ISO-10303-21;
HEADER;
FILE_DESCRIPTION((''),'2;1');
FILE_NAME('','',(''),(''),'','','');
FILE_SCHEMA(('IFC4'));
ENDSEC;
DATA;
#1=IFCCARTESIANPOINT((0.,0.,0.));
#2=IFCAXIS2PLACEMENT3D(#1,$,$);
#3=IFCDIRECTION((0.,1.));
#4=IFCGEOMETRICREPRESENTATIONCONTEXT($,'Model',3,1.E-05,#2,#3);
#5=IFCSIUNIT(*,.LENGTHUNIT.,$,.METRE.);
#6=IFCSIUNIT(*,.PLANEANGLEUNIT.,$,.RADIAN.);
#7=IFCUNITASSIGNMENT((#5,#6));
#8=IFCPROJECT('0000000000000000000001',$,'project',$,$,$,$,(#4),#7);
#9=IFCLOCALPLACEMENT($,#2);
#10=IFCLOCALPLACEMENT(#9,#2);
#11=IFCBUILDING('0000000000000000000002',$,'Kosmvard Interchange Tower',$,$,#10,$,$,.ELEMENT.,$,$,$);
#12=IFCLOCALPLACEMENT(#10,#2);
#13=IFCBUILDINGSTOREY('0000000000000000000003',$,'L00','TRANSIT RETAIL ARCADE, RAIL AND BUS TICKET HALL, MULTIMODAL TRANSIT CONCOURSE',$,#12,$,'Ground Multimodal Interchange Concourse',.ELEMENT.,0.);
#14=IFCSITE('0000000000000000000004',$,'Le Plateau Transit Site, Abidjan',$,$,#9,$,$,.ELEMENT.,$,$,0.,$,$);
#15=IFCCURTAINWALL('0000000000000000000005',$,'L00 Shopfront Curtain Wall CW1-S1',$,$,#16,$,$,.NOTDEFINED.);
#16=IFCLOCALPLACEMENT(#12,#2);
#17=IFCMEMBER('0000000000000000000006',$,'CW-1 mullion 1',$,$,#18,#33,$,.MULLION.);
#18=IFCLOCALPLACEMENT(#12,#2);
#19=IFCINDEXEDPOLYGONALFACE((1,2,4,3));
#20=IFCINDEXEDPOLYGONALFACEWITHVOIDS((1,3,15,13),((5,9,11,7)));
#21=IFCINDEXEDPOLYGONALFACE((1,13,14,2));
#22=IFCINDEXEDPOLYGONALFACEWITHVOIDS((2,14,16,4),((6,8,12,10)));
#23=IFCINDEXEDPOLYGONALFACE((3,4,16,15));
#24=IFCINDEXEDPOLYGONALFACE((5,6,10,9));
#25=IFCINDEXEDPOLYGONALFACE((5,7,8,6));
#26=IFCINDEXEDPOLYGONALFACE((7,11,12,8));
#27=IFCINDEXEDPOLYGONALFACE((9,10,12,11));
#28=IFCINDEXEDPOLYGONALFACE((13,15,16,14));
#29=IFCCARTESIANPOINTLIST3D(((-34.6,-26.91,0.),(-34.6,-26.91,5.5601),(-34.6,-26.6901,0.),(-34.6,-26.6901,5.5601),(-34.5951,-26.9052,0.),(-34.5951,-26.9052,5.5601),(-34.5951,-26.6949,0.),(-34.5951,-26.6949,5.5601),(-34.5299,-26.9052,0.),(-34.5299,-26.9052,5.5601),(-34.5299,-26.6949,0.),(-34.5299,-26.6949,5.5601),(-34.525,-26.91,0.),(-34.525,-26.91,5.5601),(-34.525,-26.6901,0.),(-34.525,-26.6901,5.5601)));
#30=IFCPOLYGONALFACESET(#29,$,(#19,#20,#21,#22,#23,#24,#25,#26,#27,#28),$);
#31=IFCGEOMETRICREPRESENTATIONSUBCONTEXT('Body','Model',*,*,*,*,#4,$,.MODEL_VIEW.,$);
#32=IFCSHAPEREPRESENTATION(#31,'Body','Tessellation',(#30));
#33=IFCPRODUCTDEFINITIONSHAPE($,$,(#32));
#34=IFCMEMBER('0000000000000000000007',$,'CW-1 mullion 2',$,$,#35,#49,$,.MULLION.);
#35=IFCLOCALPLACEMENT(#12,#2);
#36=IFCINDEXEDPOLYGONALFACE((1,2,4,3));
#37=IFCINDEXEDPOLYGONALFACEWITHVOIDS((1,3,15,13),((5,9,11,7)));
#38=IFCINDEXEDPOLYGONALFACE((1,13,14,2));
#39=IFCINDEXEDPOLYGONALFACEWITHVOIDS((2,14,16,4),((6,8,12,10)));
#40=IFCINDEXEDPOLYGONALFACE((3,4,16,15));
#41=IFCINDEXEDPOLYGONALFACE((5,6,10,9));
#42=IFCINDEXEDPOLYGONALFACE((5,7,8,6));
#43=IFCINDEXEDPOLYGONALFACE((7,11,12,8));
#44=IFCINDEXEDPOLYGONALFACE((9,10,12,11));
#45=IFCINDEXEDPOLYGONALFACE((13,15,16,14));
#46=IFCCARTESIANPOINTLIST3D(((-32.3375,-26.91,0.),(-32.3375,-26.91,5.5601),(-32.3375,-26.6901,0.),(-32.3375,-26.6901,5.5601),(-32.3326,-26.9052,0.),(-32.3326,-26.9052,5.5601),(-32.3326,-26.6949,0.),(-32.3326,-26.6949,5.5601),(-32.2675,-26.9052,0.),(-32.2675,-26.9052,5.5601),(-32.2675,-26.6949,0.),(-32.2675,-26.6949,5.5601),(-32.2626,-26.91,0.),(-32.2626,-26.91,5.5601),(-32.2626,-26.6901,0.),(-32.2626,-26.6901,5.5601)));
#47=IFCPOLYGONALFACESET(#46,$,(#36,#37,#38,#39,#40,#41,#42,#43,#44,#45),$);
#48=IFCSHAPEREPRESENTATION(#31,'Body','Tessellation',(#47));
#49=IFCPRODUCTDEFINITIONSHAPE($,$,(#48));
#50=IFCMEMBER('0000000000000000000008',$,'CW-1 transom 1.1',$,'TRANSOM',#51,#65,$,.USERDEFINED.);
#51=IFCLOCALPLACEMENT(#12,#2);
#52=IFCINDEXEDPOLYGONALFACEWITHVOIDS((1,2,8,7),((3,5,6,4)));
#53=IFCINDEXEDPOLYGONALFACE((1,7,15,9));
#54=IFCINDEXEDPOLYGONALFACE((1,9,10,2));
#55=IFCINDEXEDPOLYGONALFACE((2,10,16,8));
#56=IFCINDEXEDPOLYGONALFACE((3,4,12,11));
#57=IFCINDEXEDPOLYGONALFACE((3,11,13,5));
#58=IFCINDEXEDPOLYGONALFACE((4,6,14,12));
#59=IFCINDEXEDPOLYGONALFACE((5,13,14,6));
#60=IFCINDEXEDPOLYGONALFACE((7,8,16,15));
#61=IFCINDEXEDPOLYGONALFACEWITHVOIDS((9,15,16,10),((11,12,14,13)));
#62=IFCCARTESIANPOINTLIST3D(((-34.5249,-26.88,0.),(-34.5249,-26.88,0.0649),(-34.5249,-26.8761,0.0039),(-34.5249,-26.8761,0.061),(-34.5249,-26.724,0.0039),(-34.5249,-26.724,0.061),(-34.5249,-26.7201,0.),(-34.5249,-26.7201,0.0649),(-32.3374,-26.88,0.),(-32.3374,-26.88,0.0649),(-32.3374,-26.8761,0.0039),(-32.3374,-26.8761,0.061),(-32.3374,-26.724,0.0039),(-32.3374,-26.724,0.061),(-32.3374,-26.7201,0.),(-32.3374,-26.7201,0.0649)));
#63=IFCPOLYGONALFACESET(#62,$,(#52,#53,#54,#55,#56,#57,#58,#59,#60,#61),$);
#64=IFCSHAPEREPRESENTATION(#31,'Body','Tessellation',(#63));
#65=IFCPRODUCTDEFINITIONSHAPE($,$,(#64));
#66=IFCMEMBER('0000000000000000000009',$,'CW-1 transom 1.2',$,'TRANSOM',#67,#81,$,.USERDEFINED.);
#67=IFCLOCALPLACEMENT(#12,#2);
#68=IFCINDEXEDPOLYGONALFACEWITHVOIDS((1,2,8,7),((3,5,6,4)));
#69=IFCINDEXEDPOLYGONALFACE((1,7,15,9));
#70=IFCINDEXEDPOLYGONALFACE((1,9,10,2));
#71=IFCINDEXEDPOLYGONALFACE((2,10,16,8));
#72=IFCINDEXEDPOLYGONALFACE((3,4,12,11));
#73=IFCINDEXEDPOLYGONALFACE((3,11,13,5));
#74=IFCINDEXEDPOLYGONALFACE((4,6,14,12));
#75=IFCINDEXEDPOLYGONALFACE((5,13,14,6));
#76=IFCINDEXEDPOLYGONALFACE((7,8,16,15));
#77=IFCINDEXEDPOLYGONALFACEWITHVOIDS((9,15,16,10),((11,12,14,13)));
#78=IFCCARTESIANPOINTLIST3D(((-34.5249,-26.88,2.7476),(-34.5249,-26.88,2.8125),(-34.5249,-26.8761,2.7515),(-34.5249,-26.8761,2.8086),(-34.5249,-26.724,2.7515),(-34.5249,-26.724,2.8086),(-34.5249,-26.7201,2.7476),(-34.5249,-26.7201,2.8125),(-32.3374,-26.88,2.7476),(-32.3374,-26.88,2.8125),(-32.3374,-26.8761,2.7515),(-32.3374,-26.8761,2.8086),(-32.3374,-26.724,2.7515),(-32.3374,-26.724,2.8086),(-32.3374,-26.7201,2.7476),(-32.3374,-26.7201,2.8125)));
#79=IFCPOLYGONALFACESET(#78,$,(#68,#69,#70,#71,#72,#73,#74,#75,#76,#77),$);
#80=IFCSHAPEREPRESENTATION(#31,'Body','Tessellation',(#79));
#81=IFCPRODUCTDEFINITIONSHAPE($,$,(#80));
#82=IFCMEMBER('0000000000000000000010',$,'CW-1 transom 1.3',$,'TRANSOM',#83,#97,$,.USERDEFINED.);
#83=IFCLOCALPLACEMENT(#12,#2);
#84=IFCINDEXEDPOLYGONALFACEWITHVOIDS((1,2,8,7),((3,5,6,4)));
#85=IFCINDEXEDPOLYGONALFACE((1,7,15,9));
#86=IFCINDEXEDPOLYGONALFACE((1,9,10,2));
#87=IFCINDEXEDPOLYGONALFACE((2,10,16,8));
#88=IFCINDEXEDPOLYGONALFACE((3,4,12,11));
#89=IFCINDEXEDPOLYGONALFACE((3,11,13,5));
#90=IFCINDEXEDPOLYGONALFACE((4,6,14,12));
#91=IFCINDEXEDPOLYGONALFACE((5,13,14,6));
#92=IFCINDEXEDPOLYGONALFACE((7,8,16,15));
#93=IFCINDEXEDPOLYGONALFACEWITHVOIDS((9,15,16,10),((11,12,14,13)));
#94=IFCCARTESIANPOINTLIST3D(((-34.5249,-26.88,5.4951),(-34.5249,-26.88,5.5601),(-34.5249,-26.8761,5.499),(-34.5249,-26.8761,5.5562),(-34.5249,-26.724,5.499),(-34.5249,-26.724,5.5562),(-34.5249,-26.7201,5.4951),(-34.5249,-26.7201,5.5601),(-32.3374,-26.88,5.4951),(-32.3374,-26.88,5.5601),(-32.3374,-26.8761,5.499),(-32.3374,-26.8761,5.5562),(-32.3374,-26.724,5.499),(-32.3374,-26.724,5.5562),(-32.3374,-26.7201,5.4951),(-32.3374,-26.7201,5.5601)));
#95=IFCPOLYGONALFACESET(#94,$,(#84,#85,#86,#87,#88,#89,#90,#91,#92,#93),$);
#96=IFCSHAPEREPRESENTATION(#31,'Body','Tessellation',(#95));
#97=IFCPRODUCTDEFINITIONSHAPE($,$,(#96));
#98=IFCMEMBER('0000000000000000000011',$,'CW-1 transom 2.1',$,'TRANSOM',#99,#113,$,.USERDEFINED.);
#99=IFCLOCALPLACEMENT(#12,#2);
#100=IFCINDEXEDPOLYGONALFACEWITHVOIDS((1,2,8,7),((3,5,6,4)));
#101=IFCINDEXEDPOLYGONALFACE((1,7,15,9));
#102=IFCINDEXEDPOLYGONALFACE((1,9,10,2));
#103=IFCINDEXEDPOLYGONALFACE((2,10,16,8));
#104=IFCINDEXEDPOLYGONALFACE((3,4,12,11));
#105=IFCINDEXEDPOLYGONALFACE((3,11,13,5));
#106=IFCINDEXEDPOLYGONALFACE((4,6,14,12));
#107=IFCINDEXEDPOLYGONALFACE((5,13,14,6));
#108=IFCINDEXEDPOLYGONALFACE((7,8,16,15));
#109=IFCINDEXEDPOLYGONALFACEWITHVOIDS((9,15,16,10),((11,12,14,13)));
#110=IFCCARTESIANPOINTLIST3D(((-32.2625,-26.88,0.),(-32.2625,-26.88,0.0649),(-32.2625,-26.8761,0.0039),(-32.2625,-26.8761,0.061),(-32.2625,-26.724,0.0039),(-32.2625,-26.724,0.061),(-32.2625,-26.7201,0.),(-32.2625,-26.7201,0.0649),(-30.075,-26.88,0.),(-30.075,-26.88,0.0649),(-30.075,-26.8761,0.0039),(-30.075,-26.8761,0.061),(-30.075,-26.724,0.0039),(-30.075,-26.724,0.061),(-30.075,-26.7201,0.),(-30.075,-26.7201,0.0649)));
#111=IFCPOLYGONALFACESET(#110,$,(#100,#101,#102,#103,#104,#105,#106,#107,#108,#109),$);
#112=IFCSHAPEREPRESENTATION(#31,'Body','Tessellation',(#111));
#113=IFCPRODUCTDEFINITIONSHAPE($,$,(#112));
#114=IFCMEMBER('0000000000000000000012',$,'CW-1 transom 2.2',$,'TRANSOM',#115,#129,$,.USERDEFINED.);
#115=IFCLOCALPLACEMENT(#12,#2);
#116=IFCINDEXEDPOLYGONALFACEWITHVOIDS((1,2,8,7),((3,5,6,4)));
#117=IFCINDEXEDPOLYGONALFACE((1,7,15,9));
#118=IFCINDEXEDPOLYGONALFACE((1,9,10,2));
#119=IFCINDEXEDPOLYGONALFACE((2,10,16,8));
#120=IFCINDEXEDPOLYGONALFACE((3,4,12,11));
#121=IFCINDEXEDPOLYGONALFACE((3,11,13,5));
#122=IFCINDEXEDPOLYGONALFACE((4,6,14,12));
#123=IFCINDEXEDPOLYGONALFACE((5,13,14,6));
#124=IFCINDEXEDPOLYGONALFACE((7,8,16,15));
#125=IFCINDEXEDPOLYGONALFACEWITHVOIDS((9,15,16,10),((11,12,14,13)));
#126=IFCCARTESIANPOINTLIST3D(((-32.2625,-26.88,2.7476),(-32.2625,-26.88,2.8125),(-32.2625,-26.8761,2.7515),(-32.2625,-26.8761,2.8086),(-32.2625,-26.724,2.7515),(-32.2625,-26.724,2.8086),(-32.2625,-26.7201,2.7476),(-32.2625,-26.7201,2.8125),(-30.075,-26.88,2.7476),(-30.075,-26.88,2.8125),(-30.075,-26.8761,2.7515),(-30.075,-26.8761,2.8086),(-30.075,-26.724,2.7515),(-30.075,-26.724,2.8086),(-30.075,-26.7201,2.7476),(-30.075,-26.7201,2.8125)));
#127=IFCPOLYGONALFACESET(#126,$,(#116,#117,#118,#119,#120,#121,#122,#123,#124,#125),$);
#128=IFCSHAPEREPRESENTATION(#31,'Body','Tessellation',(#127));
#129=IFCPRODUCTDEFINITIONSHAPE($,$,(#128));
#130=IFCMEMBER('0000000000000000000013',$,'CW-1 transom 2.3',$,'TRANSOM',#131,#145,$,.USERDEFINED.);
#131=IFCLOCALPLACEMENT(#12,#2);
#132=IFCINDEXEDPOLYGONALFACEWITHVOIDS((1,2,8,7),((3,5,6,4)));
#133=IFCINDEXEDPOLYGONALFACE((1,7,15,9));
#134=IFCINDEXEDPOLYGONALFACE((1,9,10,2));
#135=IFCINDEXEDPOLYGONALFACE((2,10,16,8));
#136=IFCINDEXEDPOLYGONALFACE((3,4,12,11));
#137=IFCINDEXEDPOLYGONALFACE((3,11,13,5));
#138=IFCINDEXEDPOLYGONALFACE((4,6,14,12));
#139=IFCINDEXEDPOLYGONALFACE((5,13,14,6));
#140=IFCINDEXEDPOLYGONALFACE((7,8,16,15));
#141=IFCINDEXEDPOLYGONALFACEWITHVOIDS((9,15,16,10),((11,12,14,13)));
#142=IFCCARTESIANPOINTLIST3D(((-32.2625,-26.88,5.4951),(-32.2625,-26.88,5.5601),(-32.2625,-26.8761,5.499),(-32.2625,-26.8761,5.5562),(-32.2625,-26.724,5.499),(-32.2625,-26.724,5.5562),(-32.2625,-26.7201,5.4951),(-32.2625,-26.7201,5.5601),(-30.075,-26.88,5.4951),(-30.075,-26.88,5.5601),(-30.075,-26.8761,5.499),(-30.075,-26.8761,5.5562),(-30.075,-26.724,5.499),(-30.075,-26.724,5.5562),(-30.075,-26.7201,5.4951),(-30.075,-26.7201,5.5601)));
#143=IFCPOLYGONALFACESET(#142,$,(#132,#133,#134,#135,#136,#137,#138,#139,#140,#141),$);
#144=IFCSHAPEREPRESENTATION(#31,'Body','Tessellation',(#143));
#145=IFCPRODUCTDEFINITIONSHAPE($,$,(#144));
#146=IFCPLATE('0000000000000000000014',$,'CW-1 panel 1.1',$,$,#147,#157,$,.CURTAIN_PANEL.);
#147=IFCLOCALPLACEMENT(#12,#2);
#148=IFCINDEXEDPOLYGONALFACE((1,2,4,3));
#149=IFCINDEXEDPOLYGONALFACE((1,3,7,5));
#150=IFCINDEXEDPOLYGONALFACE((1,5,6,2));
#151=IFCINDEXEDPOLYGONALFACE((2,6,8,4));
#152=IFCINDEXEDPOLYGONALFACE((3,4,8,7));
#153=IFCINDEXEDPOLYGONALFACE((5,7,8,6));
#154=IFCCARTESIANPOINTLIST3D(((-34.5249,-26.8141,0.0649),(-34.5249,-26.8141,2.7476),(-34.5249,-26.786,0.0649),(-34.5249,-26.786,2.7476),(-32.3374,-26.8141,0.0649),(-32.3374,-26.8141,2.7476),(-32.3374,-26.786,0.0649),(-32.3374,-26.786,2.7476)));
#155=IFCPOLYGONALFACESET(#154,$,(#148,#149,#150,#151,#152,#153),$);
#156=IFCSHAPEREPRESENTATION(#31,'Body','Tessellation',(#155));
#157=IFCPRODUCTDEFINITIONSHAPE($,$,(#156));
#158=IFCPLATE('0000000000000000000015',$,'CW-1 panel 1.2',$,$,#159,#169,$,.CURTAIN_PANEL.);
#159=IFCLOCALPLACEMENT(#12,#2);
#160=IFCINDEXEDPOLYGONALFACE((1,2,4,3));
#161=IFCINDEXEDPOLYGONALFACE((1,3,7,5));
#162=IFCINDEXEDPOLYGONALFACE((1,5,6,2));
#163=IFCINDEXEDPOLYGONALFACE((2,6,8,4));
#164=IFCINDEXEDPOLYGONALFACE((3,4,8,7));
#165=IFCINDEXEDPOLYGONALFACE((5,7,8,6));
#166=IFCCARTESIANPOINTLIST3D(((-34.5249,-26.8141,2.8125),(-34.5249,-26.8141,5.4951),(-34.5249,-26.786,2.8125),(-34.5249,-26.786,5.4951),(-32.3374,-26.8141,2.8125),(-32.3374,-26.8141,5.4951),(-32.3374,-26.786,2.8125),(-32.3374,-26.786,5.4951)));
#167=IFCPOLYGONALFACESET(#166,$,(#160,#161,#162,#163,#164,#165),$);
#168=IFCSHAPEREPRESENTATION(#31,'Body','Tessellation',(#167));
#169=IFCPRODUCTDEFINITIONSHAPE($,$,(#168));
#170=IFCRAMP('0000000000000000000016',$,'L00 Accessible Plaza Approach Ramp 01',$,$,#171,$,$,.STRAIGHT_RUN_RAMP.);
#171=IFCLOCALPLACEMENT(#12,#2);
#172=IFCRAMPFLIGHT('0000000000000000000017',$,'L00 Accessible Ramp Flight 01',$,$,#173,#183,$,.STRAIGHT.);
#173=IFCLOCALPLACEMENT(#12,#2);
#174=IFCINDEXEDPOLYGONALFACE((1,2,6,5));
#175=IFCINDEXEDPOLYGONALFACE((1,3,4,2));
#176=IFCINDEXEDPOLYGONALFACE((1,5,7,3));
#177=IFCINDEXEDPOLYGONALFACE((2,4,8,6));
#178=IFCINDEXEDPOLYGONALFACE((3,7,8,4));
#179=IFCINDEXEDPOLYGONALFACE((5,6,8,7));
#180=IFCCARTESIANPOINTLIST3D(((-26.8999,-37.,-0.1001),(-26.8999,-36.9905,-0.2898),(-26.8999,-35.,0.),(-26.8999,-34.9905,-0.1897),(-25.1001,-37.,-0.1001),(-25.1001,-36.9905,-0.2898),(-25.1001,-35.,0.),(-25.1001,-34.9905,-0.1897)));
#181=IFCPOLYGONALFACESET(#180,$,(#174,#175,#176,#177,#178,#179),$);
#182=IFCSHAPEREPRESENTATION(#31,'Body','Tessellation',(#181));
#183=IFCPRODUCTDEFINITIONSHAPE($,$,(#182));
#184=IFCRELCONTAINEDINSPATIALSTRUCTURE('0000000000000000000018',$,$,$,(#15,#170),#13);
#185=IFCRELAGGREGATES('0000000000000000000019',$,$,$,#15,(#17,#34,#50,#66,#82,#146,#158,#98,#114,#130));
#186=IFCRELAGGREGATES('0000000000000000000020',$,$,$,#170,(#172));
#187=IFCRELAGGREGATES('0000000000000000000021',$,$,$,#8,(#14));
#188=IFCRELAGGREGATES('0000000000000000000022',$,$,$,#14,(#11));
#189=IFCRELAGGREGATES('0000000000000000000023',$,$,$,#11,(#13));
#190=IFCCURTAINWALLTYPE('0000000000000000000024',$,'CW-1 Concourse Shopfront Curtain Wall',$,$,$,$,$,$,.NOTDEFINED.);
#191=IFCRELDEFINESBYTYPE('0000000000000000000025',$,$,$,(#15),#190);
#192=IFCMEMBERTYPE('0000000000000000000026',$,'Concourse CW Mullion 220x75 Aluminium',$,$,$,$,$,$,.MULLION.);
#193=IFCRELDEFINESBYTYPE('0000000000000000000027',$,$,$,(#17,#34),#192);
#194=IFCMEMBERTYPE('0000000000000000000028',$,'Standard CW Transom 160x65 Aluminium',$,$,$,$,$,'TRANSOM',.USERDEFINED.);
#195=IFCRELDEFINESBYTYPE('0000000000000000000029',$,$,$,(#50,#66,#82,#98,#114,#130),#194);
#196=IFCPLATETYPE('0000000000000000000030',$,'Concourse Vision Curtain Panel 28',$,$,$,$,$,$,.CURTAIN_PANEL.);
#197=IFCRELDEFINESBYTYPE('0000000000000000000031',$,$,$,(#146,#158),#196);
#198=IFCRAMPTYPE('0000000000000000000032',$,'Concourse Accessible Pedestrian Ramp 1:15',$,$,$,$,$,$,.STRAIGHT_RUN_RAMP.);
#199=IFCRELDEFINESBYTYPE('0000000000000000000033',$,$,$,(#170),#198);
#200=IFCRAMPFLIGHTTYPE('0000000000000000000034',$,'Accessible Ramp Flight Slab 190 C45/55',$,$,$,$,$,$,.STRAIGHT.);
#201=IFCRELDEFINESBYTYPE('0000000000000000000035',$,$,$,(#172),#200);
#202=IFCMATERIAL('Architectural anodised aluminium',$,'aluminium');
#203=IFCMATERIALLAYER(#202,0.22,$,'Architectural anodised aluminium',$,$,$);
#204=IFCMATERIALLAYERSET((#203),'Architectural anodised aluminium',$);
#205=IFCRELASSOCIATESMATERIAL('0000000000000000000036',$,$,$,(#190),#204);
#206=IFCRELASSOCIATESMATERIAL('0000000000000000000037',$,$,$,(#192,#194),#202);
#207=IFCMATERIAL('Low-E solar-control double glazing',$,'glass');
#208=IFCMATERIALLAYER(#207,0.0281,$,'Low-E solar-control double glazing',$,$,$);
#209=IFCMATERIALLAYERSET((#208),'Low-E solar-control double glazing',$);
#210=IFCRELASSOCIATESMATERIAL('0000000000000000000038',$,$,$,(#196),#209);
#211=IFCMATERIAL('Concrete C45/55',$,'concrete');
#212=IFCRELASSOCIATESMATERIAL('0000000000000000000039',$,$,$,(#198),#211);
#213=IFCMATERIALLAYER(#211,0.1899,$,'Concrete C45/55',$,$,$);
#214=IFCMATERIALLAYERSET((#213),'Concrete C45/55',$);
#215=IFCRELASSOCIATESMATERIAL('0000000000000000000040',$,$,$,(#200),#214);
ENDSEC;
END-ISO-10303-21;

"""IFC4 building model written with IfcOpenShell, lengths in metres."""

from ifc_helpers import new_model, si_unit, direction, frame, origin, origin_2d, place, context, subcontext, project, spatial, polyline, rectangle, hollow_rectangle, outline, extrude, source, transform, mapped, material, layer, layer_set, material_profile, profile_set, type_object, element, aggregate, save


model = new_model("IFC4")

# Units and contexts
model_context = context("Model", 3, precision=1e-05, world=origin(), true_north=direction((0.0, 1.0)))
body_context = subcontext(model_context, "Body", "Model", "MODEL_VIEW")
ifc_project = project(units=[si_unit("LENGTHUNIT", "METRE"), si_unit("PLANEANGLEUNIT", "RADIAN")], contexts=[model_context])

# Site, building, storey
site_placement = place(None, origin())
site = spatial("IfcSite", under=ifc_project, at=site_placement, Name="Le Plateau Transit Site, Abidjan", CompositionType="ELEMENT", RefElevation=0.0)
building_placement = place(site_placement, origin())
building = spatial("IfcBuilding", under=site, at=building_placement, Name="Kosmvard Interchange Tower", CompositionType="ELEMENT")
storey_placement = place(building_placement, origin())
storey = spatial("IfcBuildingStorey", under=building, at=storey_placement, Name="L00", Description="TRANSIT RETAIL ARCADE, RAIL AND BUS TICKET HALL, MULTIMODAL TRANSIT CONCOURSE", LongName="Ground Multimodal Interchange Concourse", CompositionType="ELEMENT", Elevation=0.0)

# Curtain wall, members, plates
ifc_material_1 = material(Name="Architectural anodised aluminium", Category="aluminium")
ifc_layer_1 = layer(ifc_material_1, 0.22, Name="Architectural anodised aluminium")
ifc_layer_set_1 = layer_set([ifc_layer_1], Name="Architectural anodised aluminium")
curtain_wall_type = type_object("IfcCurtainWallType", Name="CW-1 Concourse Shopfront Curtain Wall", PredefinedType="NOTDEFINED", material=ifc_layer_set_1)
curtain_wall_placement = place(storey_placement, origin())
curtain_wall = element("IfcCurtainWall", 1, at=curtain_wall_placement, inside=storey, type_object=curtain_wall_type, Name="L00 Shopfront Curtain Wall CW1-S1", PredefinedType="NOTDEFINED")
ifc_material_profile_1 = material_profile(ifc_material_1, hollow_rectangle(XDim=0.22, YDim=0.075, WallThickness=0.0049, at=origin_2d()), Name="CWM 220x75x5")
ifc_profile_set_1 = profile_set([ifc_material_profile_1], Name="Architectural anodised aluminium")
member_type_1 = type_object("IfcMemberType", Name="Concourse CW Mullion 220x75 Aluminium", PredefinedType="MULLION", material=ifc_profile_set_1)
shared_shape_1 = source(origin(), body_context, "Body", "SweptSolid", [
    extrude(hollow_rectangle(XDim=0.22, YDim=0.075, WallThickness=0.0049, at=origin_2d()), origin(), (0.0, 0.0, 1.0), 5.5601),
])
member_1_placement = place(storey_placement, frame((-34.5625, -26.8, 0.0), z_axis=(0.0, 0.0, 1.0), x_axis=(0.0, 1.0, 0.0)))
member_1 = element("IfcMember", 2, at=member_1_placement, type_object=member_type_1, Name="CW-1 mullion 1", PredefinedType="MULLION", context=body_context, shape_type="MappedRepresentation", body=[
    mapped(shared_shape_1, transform((0.0, 0.0, 0.0), scale=1.0)),
])
member_2_placement = place(storey_placement, frame((-32.3, -26.8, 0.0), z_axis=(0.0, 0.0, 1.0), x_axis=(0.0, 1.0, 0.0)))
member_2 = element("IfcMember", 3, at=member_2_placement, type_object=member_type_1, Name="CW-1 mullion 2", PredefinedType="MULLION", context=body_context, shape_type="MappedRepresentation", body=[
    mapped(shared_shape_1, transform((0.0, 0.0, 0.0), scale=1.0)),
])
ifc_material_profile_2 = material_profile(ifc_material_1, hollow_rectangle(XDim=0.1599, YDim=0.0649, WallThickness=0.0039, at=origin_2d()), Name="CWT 160x65x4")
ifc_profile_set_2 = profile_set([ifc_material_profile_2], Name="Architectural anodised aluminium")
member_type_2 = type_object("IfcMemberType", Name="Standard CW Transom 160x65 Aluminium", ElementType="TRANSOM", PredefinedType="USERDEFINED", material=ifc_profile_set_2)
shared_shape_2 = source(origin(), body_context, "Body", "SweptSolid", [
    extrude(hollow_rectangle(XDim=0.1599, YDim=0.0649, WallThickness=0.0039, at=origin_2d()), origin(), (0.0, 0.0, 1.0), 2.1875),
])
member_3_placement = place(storey_placement, frame((-34.5249, -26.8, 0.0325), z_axis=(1.0, 0.0, 0.0), x_axis=(0.0, 1.0, 0.0)))
member_3 = element("IfcMember", 4, at=member_3_placement, type_object=member_type_2, Name="CW-1 transom 1.1", ObjectType="TRANSOM", PredefinedType="USERDEFINED", context=body_context, shape_type="MappedRepresentation", body=[
    mapped(shared_shape_2, transform((0.0, 0.0, 0.0), scale=1.0)),
])
member_4_placement = place(storey_placement, frame((-34.5249, -26.8, 2.78), z_axis=(1.0, 0.0, 0.0), x_axis=(0.0, 1.0, 0.0)))
member_4 = element("IfcMember", 5, at=member_4_placement, type_object=member_type_2, Name="CW-1 transom 1.2", ObjectType="TRANSOM", PredefinedType="USERDEFINED", context=body_context, shape_type="MappedRepresentation", body=[
    mapped(shared_shape_2, transform((0.0, 0.0, 0.0), scale=1.0)),
])
member_5_placement = place(storey_placement, frame((-34.5249, -26.8, 5.5276), z_axis=(1.0, 0.0, 0.0), x_axis=(0.0, 1.0, 0.0)))
member_5 = element("IfcMember", 6, at=member_5_placement, type_object=member_type_2, Name="CW-1 transom 1.3", ObjectType="TRANSOM", PredefinedType="USERDEFINED", context=body_context, shape_type="MappedRepresentation", body=[
    mapped(shared_shape_2, transform((0.0, 0.0, 0.0), scale=1.0)),
])
member_6_placement = place(storey_placement, frame((-32.2625, -26.8, 0.0325), z_axis=(1.0, 0.0, 0.0), x_axis=(0.0, 1.0, 0.0)))
member_6 = element("IfcMember", 7, at=member_6_placement, type_object=member_type_2, Name="CW-1 transom 2.1", ObjectType="TRANSOM", PredefinedType="USERDEFINED", context=body_context, shape_type="MappedRepresentation", body=[
    mapped(shared_shape_2, transform((0.0, 0.0, 0.0), scale=1.0)),
])
member_7_placement = place(storey_placement, frame((-32.2625, -26.8, 2.78), z_axis=(1.0, 0.0, 0.0), x_axis=(0.0, 1.0, 0.0)))
member_7 = element("IfcMember", 8, at=member_7_placement, type_object=member_type_2, Name="CW-1 transom 2.2", ObjectType="TRANSOM", PredefinedType="USERDEFINED", context=body_context, shape_type="MappedRepresentation", body=[
    mapped(shared_shape_2, transform((0.0, 0.0, 0.0), scale=1.0)),
])
member_8_placement = place(storey_placement, frame((-32.2625, -26.8, 5.5276), z_axis=(1.0, 0.0, 0.0), x_axis=(0.0, 1.0, 0.0)))
member_8 = element("IfcMember", 9, at=member_8_placement, type_object=member_type_2, Name="CW-1 transom 2.3", ObjectType="TRANSOM", PredefinedType="USERDEFINED", context=body_context, shape_type="MappedRepresentation", body=[
    mapped(shared_shape_2, transform((0.0, 0.0, 0.0), scale=1.0)),
])
ifc_material_2 = material(Name="Low-E solar-control double glazing", Category="glass")
ifc_layer_2 = layer(ifc_material_2, 0.0281, Name="Low-E solar-control double glazing")
ifc_layer_set_2 = layer_set([ifc_layer_2], Name="Low-E solar-control double glazing")
plate_type = type_object("IfcPlateType", Name="Concourse Vision Curtain Panel 28", PredefinedType="CURTAIN_PANEL", material=ifc_layer_set_2)
shared_shape_3 = source(origin(), body_context, "Body", "SweptSolid", [
    extrude(rectangle(XDim=2.1875, YDim=0.0281, at=origin_2d()), origin(), (0.0, 0.0, 1.0), 2.6826),
])
plate_1_placement = place(storey_placement, frame((-33.4312, -26.8, 0.0649), z_axis=(0.0, 0.0, 1.0), x_axis=(1.0, 0.0, 0.0)))
plate_1 = element("IfcPlate", 10, at=plate_1_placement, type_object=plate_type, Name="CW-1 panel 1.1", PredefinedType="CURTAIN_PANEL", context=body_context, shape_type="MappedRepresentation", body=[
    mapped(shared_shape_3, transform((0.0, 0.0, 0.0), scale=1.0)),
])
plate_2_placement = place(storey_placement, frame((-33.4312, -26.8, 2.8125), z_axis=(0.0, 0.0, 1.0), x_axis=(1.0, 0.0, 0.0)))
plate_2 = element("IfcPlate", 11, at=plate_2_placement, type_object=plate_type, Name="CW-1 panel 1.2", PredefinedType="CURTAIN_PANEL", context=body_context, shape_type="MappedRepresentation", body=[
    mapped(shared_shape_3, transform((0.0, 0.0, 0.0), scale=1.0)),
])
aggregate(curtain_wall, [member_1, member_2, member_3, member_4, member_5, plate_1, plate_2, member_6, member_7, member_8])

# Ramp, ramp flight
ifc_material_3 = material(Name="Concrete C45/55", Category="concrete")
ramp_type = type_object("IfcRampType", Name="Concourse Accessible Pedestrian Ramp 1:15", PredefinedType="STRAIGHT_RUN_RAMP", material=ifc_material_3)
ramp_placement = place(storey_placement, origin())
ramp = element("IfcRamp", 12, at=ramp_placement, inside=storey, type_object=ramp_type, Name="L00 Accessible Plaza Approach Ramp 01", PredefinedType="STRAIGHT_RUN_RAMP")
ifc_layer_3 = layer(ifc_material_3, 0.1899, Name="Concrete C45/55")
ifc_layer_set_3 = layer_set([ifc_layer_3], Name="Concrete C45/55")
ramp_flight_type = type_object("IfcRampFlightType", Name="Accessible Ramp Flight Slab 190 C45/55", PredefinedType="STRAIGHT", material=ifc_layer_set_3)
ramp_flight_placement = place(storey_placement, frame((-26.8999, -37.0, -0.1001), z_axis=(0.0, -0.049986, 0.99875), x_axis=(1.0, 0.0, 0.0)))
ramp_flight = element("IfcRampFlight", 13, at=ramp_flight_placement, type_object=ramp_flight_type, Name="L00 Accessible Ramp Flight 01", PredefinedType="STRAIGHT", context=body_context, shape_type="SweptSolid", body=[
    extrude(outline(polyline([(0.0, 0.0), (1.7998, 0.0), (1.7998, 2.0025), (0.0, 2.0025), (0.0, 0.0)])), origin(), (0.0, 0.0, -1.0), 0.1899),
])
aggregate(ramp, [ramp_flight])

save(model, "model.ifc")
